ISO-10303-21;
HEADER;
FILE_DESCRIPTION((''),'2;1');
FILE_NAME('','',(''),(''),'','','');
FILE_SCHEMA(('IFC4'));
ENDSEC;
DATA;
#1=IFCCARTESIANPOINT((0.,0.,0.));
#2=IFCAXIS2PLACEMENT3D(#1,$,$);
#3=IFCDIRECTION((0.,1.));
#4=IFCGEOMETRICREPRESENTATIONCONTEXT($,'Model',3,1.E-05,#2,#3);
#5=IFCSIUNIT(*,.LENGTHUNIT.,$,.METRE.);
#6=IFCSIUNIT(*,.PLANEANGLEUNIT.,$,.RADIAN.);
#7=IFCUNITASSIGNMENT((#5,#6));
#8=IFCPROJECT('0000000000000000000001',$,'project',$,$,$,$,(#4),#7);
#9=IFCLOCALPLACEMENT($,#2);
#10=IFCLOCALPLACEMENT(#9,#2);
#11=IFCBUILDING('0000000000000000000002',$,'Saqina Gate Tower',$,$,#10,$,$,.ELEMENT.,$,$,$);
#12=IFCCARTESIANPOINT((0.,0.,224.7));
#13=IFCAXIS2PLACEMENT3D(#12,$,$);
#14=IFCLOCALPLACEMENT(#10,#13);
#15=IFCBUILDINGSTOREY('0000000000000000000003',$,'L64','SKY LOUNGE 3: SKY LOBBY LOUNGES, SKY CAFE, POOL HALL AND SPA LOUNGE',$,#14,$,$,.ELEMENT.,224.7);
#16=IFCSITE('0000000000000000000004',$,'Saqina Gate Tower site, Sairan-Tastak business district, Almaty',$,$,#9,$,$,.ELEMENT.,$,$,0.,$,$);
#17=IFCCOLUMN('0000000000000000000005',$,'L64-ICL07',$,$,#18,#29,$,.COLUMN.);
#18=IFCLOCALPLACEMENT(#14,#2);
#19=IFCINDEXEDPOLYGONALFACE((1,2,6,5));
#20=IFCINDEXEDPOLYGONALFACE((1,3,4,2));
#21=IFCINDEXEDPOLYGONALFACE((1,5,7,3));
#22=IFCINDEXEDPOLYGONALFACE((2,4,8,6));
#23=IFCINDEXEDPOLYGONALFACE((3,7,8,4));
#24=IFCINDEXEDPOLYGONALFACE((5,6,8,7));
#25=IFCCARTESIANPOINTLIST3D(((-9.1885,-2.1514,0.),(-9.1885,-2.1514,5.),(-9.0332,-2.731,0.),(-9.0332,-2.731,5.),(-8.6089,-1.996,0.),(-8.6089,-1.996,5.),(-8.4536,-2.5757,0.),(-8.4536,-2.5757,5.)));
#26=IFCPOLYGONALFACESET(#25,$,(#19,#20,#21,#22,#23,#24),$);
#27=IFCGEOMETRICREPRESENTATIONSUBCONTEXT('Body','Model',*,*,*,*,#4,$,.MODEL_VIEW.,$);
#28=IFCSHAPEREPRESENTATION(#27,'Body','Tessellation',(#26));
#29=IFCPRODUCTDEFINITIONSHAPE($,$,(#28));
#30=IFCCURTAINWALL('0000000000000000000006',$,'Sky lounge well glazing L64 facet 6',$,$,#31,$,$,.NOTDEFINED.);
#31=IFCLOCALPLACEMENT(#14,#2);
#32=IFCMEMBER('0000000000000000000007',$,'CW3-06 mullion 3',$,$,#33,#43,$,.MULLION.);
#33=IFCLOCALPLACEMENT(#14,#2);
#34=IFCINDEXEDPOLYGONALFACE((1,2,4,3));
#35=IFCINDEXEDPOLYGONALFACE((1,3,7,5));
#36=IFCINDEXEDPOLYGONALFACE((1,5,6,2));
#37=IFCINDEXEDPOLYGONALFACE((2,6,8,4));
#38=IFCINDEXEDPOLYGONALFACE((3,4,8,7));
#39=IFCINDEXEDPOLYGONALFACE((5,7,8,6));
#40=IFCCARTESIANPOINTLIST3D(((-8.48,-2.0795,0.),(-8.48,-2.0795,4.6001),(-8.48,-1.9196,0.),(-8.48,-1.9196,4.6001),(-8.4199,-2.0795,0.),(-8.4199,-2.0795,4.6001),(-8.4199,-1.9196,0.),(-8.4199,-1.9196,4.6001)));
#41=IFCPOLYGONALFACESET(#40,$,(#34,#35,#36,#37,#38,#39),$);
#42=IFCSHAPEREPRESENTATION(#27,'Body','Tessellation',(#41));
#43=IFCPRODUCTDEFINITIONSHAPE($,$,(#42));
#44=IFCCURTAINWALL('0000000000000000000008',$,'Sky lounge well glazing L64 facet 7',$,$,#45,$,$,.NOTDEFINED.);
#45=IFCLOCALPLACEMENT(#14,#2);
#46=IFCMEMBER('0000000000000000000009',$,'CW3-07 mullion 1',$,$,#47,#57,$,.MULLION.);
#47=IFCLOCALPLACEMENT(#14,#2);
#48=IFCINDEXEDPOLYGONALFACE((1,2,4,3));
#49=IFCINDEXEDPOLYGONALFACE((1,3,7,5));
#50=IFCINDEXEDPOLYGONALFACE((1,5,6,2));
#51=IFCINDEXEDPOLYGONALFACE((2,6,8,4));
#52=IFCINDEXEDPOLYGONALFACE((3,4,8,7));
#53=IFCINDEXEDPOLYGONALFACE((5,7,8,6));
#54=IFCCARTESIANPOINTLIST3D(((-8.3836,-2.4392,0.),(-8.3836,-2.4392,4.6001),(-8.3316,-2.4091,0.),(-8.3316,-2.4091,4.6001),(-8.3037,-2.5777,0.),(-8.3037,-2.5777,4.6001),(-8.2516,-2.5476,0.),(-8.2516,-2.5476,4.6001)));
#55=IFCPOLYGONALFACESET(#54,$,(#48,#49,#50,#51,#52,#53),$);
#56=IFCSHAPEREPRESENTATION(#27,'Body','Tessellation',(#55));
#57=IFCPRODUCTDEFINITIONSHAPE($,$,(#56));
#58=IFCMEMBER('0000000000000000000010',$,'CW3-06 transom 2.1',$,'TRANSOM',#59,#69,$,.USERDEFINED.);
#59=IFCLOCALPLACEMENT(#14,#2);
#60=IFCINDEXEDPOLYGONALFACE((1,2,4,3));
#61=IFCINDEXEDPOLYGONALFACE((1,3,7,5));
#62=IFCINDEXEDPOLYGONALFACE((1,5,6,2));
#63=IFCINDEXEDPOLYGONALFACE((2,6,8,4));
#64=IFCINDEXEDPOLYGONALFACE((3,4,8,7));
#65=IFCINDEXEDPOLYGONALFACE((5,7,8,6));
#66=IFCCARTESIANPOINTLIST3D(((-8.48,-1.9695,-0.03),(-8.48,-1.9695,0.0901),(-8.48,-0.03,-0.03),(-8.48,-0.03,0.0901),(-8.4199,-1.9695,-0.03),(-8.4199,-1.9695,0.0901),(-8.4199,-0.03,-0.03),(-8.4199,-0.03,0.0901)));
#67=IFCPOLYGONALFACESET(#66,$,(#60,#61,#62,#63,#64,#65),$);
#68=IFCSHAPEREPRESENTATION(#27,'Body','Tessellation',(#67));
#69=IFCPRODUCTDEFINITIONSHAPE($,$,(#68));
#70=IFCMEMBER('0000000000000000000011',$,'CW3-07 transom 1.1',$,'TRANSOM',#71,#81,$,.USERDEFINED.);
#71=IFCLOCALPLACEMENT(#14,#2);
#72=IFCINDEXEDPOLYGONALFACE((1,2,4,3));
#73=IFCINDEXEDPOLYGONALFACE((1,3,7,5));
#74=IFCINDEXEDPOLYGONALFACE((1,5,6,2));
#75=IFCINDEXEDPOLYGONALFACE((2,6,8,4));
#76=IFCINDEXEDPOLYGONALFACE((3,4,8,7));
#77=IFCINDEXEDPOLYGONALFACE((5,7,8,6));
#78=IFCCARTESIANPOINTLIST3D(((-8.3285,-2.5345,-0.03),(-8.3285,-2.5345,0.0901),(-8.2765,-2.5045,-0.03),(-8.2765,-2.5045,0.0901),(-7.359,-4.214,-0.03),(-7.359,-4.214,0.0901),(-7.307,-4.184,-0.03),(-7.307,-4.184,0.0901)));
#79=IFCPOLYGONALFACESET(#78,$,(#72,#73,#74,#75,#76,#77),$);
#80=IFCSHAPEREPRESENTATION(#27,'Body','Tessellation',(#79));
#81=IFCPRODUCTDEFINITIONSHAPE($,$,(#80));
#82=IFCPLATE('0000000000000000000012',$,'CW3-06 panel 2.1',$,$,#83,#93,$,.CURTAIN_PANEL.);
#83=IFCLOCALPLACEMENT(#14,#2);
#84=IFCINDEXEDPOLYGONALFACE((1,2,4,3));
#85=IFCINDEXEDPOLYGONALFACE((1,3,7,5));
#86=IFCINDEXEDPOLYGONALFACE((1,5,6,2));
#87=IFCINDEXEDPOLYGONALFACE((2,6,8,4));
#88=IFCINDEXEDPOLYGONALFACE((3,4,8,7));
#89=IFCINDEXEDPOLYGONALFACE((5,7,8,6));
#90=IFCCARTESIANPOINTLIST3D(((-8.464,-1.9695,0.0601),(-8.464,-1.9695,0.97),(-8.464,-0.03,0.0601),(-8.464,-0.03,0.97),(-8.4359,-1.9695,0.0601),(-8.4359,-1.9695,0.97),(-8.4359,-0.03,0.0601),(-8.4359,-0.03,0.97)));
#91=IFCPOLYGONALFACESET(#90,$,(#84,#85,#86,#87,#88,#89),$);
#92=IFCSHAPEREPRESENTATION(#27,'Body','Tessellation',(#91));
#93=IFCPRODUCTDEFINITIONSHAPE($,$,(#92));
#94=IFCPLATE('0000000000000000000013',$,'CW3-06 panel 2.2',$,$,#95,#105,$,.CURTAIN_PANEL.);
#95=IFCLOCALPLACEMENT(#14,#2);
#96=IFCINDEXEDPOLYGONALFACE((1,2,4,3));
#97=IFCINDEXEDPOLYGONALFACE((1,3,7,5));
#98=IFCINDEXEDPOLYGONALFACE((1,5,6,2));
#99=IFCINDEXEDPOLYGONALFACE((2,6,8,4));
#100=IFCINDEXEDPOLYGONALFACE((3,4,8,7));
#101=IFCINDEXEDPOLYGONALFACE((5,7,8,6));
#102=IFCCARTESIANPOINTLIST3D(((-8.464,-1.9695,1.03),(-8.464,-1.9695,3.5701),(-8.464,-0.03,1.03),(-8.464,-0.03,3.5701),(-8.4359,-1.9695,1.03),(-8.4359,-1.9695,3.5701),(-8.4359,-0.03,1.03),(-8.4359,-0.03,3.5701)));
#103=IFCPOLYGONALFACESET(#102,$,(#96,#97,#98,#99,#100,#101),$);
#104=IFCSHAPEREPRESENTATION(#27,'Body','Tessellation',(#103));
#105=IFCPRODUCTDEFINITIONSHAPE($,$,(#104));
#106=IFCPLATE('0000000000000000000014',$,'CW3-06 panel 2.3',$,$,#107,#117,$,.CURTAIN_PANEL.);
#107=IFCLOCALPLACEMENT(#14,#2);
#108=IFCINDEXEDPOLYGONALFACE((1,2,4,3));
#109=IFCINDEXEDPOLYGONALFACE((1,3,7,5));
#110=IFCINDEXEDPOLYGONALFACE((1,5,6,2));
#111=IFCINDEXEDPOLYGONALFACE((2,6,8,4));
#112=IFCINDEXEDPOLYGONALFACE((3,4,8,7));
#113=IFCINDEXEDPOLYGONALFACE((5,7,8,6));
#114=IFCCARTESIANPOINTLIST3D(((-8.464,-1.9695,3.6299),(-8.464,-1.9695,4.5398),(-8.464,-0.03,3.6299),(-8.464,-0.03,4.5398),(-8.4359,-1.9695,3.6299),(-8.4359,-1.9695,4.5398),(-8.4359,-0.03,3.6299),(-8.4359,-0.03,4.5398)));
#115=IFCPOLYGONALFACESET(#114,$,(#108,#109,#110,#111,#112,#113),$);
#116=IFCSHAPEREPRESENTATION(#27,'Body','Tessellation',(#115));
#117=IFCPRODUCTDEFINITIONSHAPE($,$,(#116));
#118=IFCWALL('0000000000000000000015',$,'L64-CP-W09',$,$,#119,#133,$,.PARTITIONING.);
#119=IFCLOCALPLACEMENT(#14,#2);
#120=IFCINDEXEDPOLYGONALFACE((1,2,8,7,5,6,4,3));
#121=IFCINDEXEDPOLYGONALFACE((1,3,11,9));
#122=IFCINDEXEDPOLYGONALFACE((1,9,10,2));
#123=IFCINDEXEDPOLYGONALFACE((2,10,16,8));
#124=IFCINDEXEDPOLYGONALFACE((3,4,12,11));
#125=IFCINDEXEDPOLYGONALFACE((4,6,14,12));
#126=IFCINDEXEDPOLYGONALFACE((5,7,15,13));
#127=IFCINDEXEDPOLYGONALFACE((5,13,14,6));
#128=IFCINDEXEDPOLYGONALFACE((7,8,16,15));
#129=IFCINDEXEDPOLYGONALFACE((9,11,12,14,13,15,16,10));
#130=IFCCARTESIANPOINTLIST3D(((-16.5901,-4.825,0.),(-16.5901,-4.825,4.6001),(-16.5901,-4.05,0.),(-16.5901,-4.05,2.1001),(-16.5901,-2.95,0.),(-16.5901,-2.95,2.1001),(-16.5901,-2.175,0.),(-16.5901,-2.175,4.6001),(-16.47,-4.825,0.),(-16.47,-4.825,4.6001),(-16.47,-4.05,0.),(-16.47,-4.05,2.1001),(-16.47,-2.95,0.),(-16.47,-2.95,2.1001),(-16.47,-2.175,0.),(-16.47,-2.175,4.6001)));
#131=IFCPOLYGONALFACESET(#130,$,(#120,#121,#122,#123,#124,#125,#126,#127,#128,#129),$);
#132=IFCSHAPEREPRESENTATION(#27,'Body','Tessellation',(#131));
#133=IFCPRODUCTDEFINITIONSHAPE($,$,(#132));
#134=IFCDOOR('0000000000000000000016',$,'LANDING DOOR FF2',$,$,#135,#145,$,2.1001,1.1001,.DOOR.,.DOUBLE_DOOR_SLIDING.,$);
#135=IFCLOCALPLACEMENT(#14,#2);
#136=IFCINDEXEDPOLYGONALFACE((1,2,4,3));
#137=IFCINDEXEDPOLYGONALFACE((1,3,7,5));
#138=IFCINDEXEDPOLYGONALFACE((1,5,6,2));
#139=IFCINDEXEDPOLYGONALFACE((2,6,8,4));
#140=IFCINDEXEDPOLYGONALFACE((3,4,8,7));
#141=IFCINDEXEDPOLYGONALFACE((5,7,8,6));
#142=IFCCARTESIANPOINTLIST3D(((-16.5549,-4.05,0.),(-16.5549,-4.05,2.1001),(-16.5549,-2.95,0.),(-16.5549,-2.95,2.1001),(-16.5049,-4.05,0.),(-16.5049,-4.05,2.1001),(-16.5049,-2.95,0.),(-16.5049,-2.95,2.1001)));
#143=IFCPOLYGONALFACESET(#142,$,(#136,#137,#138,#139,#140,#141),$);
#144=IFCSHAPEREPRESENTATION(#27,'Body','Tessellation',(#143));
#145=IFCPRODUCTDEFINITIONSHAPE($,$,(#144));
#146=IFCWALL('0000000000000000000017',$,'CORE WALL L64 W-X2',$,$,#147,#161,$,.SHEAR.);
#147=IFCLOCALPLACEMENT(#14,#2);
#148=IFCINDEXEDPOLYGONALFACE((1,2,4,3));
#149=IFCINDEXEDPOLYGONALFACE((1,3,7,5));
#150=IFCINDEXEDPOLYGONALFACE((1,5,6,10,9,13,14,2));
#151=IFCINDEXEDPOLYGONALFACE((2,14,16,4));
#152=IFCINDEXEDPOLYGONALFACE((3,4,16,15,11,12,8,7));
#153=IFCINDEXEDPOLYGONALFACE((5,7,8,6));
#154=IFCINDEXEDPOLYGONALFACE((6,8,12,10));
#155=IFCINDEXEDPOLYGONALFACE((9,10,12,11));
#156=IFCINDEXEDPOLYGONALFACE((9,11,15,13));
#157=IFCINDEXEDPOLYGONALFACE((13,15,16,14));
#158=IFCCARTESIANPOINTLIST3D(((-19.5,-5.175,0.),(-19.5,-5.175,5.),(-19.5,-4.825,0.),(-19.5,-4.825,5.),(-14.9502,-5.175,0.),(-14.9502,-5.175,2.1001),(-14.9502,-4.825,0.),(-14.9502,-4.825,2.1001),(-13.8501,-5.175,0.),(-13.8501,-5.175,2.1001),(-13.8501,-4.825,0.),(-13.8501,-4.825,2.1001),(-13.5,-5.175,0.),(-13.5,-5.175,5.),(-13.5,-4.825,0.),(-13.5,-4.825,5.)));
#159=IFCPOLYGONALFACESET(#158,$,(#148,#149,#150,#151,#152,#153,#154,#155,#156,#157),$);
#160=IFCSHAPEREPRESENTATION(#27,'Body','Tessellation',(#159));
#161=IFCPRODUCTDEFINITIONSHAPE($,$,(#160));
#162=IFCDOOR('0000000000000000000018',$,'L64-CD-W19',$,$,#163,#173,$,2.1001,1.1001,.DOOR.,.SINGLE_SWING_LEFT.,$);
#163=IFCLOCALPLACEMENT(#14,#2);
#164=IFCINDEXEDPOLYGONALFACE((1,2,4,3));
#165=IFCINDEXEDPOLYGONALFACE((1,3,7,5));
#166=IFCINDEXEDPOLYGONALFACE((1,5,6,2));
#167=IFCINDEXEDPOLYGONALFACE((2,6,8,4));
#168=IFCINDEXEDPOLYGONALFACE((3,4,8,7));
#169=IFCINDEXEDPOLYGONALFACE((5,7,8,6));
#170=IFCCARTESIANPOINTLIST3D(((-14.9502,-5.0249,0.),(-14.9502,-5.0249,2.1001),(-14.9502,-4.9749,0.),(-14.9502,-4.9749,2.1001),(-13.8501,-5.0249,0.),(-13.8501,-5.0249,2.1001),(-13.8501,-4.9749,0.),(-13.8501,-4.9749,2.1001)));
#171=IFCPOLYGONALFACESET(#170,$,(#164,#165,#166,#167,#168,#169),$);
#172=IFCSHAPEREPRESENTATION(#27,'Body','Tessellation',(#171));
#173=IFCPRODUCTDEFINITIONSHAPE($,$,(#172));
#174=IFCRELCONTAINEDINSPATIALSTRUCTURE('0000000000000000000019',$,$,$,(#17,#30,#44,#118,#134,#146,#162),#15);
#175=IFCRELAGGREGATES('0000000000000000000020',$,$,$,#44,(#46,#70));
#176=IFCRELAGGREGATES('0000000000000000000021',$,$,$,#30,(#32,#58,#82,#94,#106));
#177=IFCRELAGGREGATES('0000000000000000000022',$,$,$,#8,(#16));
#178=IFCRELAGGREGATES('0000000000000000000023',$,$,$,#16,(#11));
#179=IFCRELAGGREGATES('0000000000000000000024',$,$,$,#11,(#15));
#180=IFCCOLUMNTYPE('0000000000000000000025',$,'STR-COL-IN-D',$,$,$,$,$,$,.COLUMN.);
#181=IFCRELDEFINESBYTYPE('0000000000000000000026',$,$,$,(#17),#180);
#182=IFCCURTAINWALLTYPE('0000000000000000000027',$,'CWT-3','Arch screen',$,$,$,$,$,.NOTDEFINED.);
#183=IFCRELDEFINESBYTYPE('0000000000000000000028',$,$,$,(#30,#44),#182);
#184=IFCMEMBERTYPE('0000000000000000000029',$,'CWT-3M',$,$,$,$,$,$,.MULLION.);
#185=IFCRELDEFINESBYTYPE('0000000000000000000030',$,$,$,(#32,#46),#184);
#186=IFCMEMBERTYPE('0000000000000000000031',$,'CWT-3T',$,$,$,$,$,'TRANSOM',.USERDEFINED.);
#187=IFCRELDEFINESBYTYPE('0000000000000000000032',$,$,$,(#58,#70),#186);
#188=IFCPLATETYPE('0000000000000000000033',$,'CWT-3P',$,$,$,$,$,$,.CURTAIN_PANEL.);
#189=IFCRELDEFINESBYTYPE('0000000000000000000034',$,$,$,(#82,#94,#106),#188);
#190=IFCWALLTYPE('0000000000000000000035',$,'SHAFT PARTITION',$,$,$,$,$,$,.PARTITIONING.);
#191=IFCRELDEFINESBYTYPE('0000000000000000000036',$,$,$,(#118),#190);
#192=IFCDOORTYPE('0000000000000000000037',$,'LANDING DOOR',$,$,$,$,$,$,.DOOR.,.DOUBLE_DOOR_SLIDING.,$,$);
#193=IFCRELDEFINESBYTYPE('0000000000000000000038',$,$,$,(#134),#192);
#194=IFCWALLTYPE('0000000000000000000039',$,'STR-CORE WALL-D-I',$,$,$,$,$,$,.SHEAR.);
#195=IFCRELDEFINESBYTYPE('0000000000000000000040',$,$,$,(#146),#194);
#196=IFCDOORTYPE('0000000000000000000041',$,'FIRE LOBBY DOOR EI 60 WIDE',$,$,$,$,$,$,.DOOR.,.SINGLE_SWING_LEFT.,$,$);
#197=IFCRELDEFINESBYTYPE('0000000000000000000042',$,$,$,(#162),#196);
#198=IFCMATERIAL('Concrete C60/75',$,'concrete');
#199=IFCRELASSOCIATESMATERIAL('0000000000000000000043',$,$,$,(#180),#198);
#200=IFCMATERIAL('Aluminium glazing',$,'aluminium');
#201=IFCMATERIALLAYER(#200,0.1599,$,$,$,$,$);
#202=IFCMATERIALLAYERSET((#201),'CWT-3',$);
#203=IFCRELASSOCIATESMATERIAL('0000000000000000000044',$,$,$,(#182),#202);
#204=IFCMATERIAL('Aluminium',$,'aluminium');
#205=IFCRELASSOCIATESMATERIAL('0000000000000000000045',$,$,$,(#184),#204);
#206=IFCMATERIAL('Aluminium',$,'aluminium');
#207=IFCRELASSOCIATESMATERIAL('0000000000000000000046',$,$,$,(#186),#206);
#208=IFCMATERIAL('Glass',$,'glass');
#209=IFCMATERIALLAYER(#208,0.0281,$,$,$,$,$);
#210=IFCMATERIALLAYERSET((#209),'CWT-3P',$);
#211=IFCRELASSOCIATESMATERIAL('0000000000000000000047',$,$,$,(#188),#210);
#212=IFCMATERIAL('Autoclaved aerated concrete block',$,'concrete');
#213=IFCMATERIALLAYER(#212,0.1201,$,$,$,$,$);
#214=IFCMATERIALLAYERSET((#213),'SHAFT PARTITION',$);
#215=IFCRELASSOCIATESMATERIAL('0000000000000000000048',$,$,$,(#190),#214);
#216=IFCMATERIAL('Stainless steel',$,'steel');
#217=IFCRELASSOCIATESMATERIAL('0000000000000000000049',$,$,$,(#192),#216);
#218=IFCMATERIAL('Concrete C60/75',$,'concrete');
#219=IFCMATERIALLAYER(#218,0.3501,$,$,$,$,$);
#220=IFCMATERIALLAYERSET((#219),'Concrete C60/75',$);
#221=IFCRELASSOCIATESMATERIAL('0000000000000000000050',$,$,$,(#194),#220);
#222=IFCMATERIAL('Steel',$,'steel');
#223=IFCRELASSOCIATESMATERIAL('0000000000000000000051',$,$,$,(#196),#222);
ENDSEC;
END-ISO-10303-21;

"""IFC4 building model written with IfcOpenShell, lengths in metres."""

from ifc_helpers import new_model, si_unit, direction, frame, frame_2d, origin, origin_2d, place, context, subcontext, project, spatial, rectangle, extrude, material, layer, layer_set, material_profile, profile_set, type_object, element, fill, aggregate, save


model = new_model("IFC4")

# Units and contexts
model_context = context("Model", 3, precision=1e-05, world=origin(), true_north=direction((0.0, 1.0)))
body_context = subcontext(model_context, "Body", "Model", "MODEL_VIEW")
ifc_project = project(units=[si_unit("LENGTHUNIT", "METRE"), si_unit("PLANEANGLEUNIT", "RADIAN")], contexts=[model_context])

# Site, building, storey
site_placement = place(None, origin())
site = spatial("IfcSite", under=ifc_project, at=site_placement, Name="Saqina Gate Tower site, Sairan-Tastak business district, Almaty", CompositionType="ELEMENT", RefElevation=0.0)
building_placement = place(site_placement, origin())
building = spatial("IfcBuilding", under=site, at=building_placement, Name="Saqina Gate Tower", CompositionType="ELEMENT")
storey_placement = place(building_placement, frame((0.0, 0.0, 224.7)))
storey = spatial("IfcBuildingStorey", under=building, at=storey_placement, Name="L64", Description="SKY LOUNGE 3: SKY LOBBY LOUNGES, SKY CAFE, POOL HALL AND SPA LOUNGE", CompositionType="ELEMENT", Elevation=224.7)

# Column
ifc_material_1 = material(Name="Concrete C60/75", Category="concrete")
ifc_material_profile_1 = material_profile(ifc_material_1, rectangle(XDim=0.6001, YDim=0.6001, at=origin_2d()), Name="RC 600x600")
ifc_profile_set_1 = profile_set([ifc_material_profile_1], Name="Concrete C60/75")
column_type = type_object("IfcColumnType", Name="STR-COL-IN-D", PredefinedType="COLUMN", material=ifc_profile_set_1)
column_placement = place(storey_placement, frame((-8.821, -2.3635, 0.0), z_axis=(0.0, 0.0, 1.0), x_axis=(-0.965926, -0.258819, 0.0)))
element("IfcColumn", 1, at=column_placement, inside=storey, type_object=column_type, Name="L64-ICL07", PredefinedType="COLUMN", context=body_context, shape_type="SweptSolid", body=[
    extrude(rectangle(XDim=0.6001, YDim=0.6001, at=origin_2d()), origin(), (0.0, 0.0, 1.0), 5.0),
])

# Curtain walls, members
ifc_material_2 = material(Name="Aluminium glazing", Category="aluminium")
ifc_layer_1 = layer(ifc_material_2, 0.1599)
ifc_layer_set_1 = layer_set([ifc_layer_1], Name="CWT-3")
curtain_wall_type = type_object("IfcCurtainWallType", Name="CWT-3", Description="Arch screen", PredefinedType="NOTDEFINED", material=ifc_layer_set_1)
curtain_wall_1_placement = place(storey_placement, origin())
curtain_wall_1 = element("IfcCurtainWall", 2, at=curtain_wall_1_placement, inside=storey, type_object=curtain_wall_type, Name="Sky lounge well glazing L64 facet 6", PredefinedType="NOTDEFINED")
ifc_material_3 = material(Name="Aluminium", Category="aluminium")
ifc_material_profile_2 = material_profile(ifc_material_3, rectangle(XDim=0.0601, YDim=0.1599, at=origin_2d()), Name="Aluminium 60x160")
ifc_profile_set_2 = profile_set([ifc_material_profile_2], Name="Aluminium")
member_type_1 = type_object("IfcMemberType", Name="CWT-3M", PredefinedType="MULLION", material=ifc_profile_set_2)
member_1_placement = place(storey_placement, frame((-8.45, -1.9995, 0.0), z_axis=(0.0, 0.0, 1.0), x_axis=(1.0, 0.0, 0.0)))
member_1 = element("IfcMember", 3, at=member_1_placement, type_object=member_type_1, Name="CW3-06 mullion 3", PredefinedType="MULLION", context=body_context, shape_type="SweptSolid", body=[
    extrude(rectangle(XDim=0.0601, YDim=0.1599, at=origin_2d()), origin(), (0.0, 0.0, 1.0), 4.6001),
])
curtain_wall_2_placement = place(storey_placement, origin())
curtain_wall_2 = element("IfcCurtainWall", 4, at=curtain_wall_2_placement, inside=storey, type_object=curtain_wall_type, Name="Sky lounge well glazing L64 facet 7", PredefinedType="NOTDEFINED")
member_2_placement = place(storey_placement, frame((-8.3176, -2.4934, 0.0), z_axis=(0.0, 0.0, 1.0), x_axis=(0.866024, 0.500003, 0.0)))
member_2 = element("IfcMember", 5, at=member_2_placement, type_object=member_type_1, Name="CW3-07 mullion 1", PredefinedType="MULLION", context=body_context, shape_type="SweptSolid", body=[
    extrude(rectangle(XDim=0.0601, YDim=0.1599, at=origin_2d()), origin(), (0.0, 0.0, 1.0), 4.6001),
])

# Members
ifc_material_4 = material(Name="Aluminium", Category="aluminium")
ifc_material_profile_3 = material_profile(ifc_material_4, rectangle(XDim=0.0601, YDim=0.1201, at=origin_2d()), Name="Aluminium 60x120")
ifc_profile_set_3 = profile_set([ifc_material_profile_3], Name="Aluminium")
member_type_2 = type_object("IfcMemberType", Name="CWT-3T", ElementType="TRANSOM", PredefinedType="USERDEFINED", material=ifc_profile_set_3)
member_3_placement = place(storey_placement, frame((-8.45, -0.03, 0.03), z_axis=(0.0, -1.0, 0.0), x_axis=(1.0, 0.0, 0.0)))
member_3 = element("IfcMember", 6, at=member_3_placement, type_object=member_type_2, Name="CW3-06 transom 2.1", ObjectType="TRANSOM", PredefinedType="USERDEFINED", context=body_context, shape_type="SweptSolid", body=[
    extrude(rectangle(XDim=0.0601, YDim=0.1201, at=origin_2d()), origin(), (0.0, 0.0, 1.0), 1.9395),
])
member_4_placement = place(storey_placement, frame((-8.3025, -2.5195, 0.03), z_axis=(0.499944, -0.866058, 0.0), x_axis=(0.866058, 0.499944, 0.0)))
member_4 = element("IfcMember", 7, at=member_4_placement, type_object=member_type_2, Name="CW3-07 transom 1.1", ObjectType="TRANSOM", PredefinedType="USERDEFINED", context=body_context, shape_type="SweptSolid", body=[
    extrude(rectangle(XDim=0.0601, YDim=0.1201, at=origin_2d()), origin(), (0.0, 0.0, 1.0), 1.9392),
])
aggregate(curtain_wall_2, [member_2, member_4])

# Plates
ifc_material_5 = material(Name="Glass", Category="glass")
ifc_layer_2 = layer(ifc_material_5, 0.0281)
ifc_layer_set_2 = layer_set([ifc_layer_2], Name="CWT-3P")
plate_type = type_object("IfcPlateType", Name="CWT-3P", PredefinedType="CURTAIN_PANEL", material=ifc_layer_set_2)
plate_1_placement = place(storey_placement, frame((-8.45, -0.9998, 0.0601), z_axis=(0.0, 0.0, 1.0), x_axis=(0.0, -1.0, 0.0)))
plate_1 = element("IfcPlate", 8, at=plate_1_placement, type_object=plate_type, Name="CW3-06 panel 2.1", PredefinedType="CURTAIN_PANEL", context=body_context, shape_type="SweptSolid", body=[
    extrude(rectangle(XDim=1.9395, YDim=0.0281, at=origin_2d()), origin(), (0.0, 0.0, 1.0), 0.9099),
])
plate_2_placement = place(storey_placement, frame((-8.45, -0.9998, 1.03), z_axis=(0.0, 0.0, 1.0), x_axis=(0.0, -1.0, 0.0)))
plate_2 = element("IfcPlate", 9, at=plate_2_placement, type_object=plate_type, Name="CW3-06 panel 2.2", PredefinedType="CURTAIN_PANEL", context=body_context, shape_type="SweptSolid", body=[
    extrude(rectangle(XDim=1.9395, YDim=0.0281, at=origin_2d()), origin(), (0.0, 0.0, 1.0), 2.54),
])
plate_3_placement = place(storey_placement, frame((-8.45, -0.9998, 3.6299), z_axis=(0.0, 0.0, 1.0), x_axis=(0.0, -1.0, 0.0)))
plate_3 = element("IfcPlate", 10, at=plate_3_placement, type_object=plate_type, Name="CW3-06 panel 2.3", PredefinedType="CURTAIN_PANEL", context=body_context, shape_type="SweptSolid", body=[
    extrude(rectangle(XDim=1.9395, YDim=0.0281, at=origin_2d()), origin(), (0.0, 0.0, 1.0), 0.9099),
])
aggregate(curtain_wall_1, [member_1, member_3, plate_1, plate_2, plate_3])

# Walls, openings, doors
ifc_material_6 = material(Name="Autoclaved aerated concrete block", Category="concrete")
ifc_layer_3 = layer(ifc_material_6, 0.1201)
ifc_layer_set_3 = layer_set([ifc_layer_3], Name="SHAFT PARTITION")
wall_type_1 = type_object("IfcWallType", Name="SHAFT PARTITION", PredefinedType="PARTITIONING", material=ifc_layer_set_3)
wall_1_placement = place(storey_placement, frame((-16.53, -4.825, 0.0), z_axis=(0.0, 0.0, 1.0), x_axis=(0.0, 1.0, 0.0)))
wall_1 = element("IfcWall", 11, at=wall_1_placement, inside=storey, type_object=wall_type_1, Name="L64-CP-W09", PredefinedType="PARTITIONING", context=body_context, shape_type="SweptSolid", body=[
    extrude(rectangle(XDim=2.6499, YDim=0.1201, at=frame_2d((1.325, 0.0))), origin(), (0.0, 0.0, 1.0), 4.6001),
])
opening_1_placement = place(wall_1_placement, frame((0.7749, 0.0, 0.0)))
opening_1 = element("IfcOpeningElement", 12, at=opening_1_placement, cuts=wall_1, PredefinedType="OPENING", context=body_context, shape_type="SweptSolid", body=[
    extrude(rectangle(XDim=1.1001, YDim=2.1001, at=frame_2d((0.55, 1.05))), frame((0.0, 0.072, 0.0), z_axis=(0.0, -1.0, 0.0), x_axis=(1.0, 0.0, 0.0)), (0.0, 0.0, 1.0), 0.144),
])
ifc_material_7 = material(Name="Stainless steel", Category="steel")
door_type_1 = type_object("IfcDoorType", Name="LANDING DOOR", OperationType="DOUBLE_DOOR_SLIDING", PredefinedType="DOOR", material=ifc_material_7)
door_1_placement = place(opening_1_placement, origin())
door_1 = element("IfcDoor", 13, at=door_1_placement, inside=storey, type_object=door_type_1, Name="LANDING DOOR FF2", OperationType="DOUBLE_DOOR_SLIDING", OverallHeight=2.1001, OverallWidth=1.1001, PredefinedType="DOOR", context=body_context, shape_type="SweptSolid", body=[
    extrude(rectangle(XDim=1.1001, YDim=2.1001, at=frame_2d((0.55, 1.05))), frame((0.0, 0.0249, 0.0), z_axis=(0.0, -1.0, 0.0), x_axis=(1.0, 0.0, 0.0)), (0.0, 0.0, 1.0), 0.05),
])
fill(opening_1, door_1)
ifc_material_8 = material(Name="Concrete C60/75", Category="concrete")
ifc_layer_4 = layer(ifc_material_8, 0.3501)
ifc_layer_set_4 = layer_set([ifc_layer_4], Name="Concrete C60/75")
wall_type_2 = type_object("IfcWallType", Name="STR-CORE WALL-D-I", PredefinedType="SHEAR", material=ifc_layer_set_4)
wall_2_placement = place(storey_placement, frame((-13.5, -5.0, 0.0), z_axis=(0.0, 0.0, 1.0), x_axis=(-1.0, 0.0, 0.0)))
wall_2 = element("IfcWall", 14, at=wall_2_placement, inside=storey, type_object=wall_type_2, Name="CORE WALL L64 W-X2", PredefinedType="SHEAR", context=body_context, shape_type="SweptSolid", body=[
    extrude(rectangle(XDim=6.0, YDim=0.3501, at=frame_2d((3.0, 0.0))), origin(), (0.0, 0.0, 1.0), 5.0),
])
opening_2_placement = place(wall_2_placement, frame((0.3501, 0.0, 0.0)))
opening_2 = element("IfcOpeningElement", 15, at=opening_2_placement, cuts=wall_2, PredefinedType="OPENING", context=body_context, shape_type="SweptSolid", body=[
    extrude(rectangle(XDim=1.1001, YDim=2.1001, at=frame_2d((0.55, 1.05))), frame((0.0, 0.187, 0.0), z_axis=(0.0, -1.0, 0.0), x_axis=(1.0, 0.0, 0.0)), (0.0, 0.0, 1.0), 0.374),
])
ifc_material_9 = material(Name="Steel", Category="steel")
door_type_2 = type_object("IfcDoorType", Name="FIRE LOBBY DOOR EI 60 WIDE", OperationType="SINGLE_SWING_LEFT", PredefinedType="DOOR", material=ifc_material_9)
door_2_placement = place(opening_2_placement, origin())
door_2 = element("IfcDoor", 16, at=door_2_placement, inside=storey, type_object=door_type_2, Name="L64-CD-W19", OperationType="SINGLE_SWING_LEFT", OverallHeight=2.1001, OverallWidth=1.1001, PredefinedType="DOOR", context=body_context, shape_type="SweptSolid", body=[
    extrude(rectangle(XDim=1.1001, YDim=2.1001, at=frame_2d((0.55, 1.05))), frame((0.0, 0.0249, 0.0), z_axis=(0.0, -1.0, 0.0), x_axis=(1.0, 0.0, 0.0)), (0.0, 0.0, 1.0), 0.05),
])
fill(opening_2, door_2)

save(model, "model.ifc")
